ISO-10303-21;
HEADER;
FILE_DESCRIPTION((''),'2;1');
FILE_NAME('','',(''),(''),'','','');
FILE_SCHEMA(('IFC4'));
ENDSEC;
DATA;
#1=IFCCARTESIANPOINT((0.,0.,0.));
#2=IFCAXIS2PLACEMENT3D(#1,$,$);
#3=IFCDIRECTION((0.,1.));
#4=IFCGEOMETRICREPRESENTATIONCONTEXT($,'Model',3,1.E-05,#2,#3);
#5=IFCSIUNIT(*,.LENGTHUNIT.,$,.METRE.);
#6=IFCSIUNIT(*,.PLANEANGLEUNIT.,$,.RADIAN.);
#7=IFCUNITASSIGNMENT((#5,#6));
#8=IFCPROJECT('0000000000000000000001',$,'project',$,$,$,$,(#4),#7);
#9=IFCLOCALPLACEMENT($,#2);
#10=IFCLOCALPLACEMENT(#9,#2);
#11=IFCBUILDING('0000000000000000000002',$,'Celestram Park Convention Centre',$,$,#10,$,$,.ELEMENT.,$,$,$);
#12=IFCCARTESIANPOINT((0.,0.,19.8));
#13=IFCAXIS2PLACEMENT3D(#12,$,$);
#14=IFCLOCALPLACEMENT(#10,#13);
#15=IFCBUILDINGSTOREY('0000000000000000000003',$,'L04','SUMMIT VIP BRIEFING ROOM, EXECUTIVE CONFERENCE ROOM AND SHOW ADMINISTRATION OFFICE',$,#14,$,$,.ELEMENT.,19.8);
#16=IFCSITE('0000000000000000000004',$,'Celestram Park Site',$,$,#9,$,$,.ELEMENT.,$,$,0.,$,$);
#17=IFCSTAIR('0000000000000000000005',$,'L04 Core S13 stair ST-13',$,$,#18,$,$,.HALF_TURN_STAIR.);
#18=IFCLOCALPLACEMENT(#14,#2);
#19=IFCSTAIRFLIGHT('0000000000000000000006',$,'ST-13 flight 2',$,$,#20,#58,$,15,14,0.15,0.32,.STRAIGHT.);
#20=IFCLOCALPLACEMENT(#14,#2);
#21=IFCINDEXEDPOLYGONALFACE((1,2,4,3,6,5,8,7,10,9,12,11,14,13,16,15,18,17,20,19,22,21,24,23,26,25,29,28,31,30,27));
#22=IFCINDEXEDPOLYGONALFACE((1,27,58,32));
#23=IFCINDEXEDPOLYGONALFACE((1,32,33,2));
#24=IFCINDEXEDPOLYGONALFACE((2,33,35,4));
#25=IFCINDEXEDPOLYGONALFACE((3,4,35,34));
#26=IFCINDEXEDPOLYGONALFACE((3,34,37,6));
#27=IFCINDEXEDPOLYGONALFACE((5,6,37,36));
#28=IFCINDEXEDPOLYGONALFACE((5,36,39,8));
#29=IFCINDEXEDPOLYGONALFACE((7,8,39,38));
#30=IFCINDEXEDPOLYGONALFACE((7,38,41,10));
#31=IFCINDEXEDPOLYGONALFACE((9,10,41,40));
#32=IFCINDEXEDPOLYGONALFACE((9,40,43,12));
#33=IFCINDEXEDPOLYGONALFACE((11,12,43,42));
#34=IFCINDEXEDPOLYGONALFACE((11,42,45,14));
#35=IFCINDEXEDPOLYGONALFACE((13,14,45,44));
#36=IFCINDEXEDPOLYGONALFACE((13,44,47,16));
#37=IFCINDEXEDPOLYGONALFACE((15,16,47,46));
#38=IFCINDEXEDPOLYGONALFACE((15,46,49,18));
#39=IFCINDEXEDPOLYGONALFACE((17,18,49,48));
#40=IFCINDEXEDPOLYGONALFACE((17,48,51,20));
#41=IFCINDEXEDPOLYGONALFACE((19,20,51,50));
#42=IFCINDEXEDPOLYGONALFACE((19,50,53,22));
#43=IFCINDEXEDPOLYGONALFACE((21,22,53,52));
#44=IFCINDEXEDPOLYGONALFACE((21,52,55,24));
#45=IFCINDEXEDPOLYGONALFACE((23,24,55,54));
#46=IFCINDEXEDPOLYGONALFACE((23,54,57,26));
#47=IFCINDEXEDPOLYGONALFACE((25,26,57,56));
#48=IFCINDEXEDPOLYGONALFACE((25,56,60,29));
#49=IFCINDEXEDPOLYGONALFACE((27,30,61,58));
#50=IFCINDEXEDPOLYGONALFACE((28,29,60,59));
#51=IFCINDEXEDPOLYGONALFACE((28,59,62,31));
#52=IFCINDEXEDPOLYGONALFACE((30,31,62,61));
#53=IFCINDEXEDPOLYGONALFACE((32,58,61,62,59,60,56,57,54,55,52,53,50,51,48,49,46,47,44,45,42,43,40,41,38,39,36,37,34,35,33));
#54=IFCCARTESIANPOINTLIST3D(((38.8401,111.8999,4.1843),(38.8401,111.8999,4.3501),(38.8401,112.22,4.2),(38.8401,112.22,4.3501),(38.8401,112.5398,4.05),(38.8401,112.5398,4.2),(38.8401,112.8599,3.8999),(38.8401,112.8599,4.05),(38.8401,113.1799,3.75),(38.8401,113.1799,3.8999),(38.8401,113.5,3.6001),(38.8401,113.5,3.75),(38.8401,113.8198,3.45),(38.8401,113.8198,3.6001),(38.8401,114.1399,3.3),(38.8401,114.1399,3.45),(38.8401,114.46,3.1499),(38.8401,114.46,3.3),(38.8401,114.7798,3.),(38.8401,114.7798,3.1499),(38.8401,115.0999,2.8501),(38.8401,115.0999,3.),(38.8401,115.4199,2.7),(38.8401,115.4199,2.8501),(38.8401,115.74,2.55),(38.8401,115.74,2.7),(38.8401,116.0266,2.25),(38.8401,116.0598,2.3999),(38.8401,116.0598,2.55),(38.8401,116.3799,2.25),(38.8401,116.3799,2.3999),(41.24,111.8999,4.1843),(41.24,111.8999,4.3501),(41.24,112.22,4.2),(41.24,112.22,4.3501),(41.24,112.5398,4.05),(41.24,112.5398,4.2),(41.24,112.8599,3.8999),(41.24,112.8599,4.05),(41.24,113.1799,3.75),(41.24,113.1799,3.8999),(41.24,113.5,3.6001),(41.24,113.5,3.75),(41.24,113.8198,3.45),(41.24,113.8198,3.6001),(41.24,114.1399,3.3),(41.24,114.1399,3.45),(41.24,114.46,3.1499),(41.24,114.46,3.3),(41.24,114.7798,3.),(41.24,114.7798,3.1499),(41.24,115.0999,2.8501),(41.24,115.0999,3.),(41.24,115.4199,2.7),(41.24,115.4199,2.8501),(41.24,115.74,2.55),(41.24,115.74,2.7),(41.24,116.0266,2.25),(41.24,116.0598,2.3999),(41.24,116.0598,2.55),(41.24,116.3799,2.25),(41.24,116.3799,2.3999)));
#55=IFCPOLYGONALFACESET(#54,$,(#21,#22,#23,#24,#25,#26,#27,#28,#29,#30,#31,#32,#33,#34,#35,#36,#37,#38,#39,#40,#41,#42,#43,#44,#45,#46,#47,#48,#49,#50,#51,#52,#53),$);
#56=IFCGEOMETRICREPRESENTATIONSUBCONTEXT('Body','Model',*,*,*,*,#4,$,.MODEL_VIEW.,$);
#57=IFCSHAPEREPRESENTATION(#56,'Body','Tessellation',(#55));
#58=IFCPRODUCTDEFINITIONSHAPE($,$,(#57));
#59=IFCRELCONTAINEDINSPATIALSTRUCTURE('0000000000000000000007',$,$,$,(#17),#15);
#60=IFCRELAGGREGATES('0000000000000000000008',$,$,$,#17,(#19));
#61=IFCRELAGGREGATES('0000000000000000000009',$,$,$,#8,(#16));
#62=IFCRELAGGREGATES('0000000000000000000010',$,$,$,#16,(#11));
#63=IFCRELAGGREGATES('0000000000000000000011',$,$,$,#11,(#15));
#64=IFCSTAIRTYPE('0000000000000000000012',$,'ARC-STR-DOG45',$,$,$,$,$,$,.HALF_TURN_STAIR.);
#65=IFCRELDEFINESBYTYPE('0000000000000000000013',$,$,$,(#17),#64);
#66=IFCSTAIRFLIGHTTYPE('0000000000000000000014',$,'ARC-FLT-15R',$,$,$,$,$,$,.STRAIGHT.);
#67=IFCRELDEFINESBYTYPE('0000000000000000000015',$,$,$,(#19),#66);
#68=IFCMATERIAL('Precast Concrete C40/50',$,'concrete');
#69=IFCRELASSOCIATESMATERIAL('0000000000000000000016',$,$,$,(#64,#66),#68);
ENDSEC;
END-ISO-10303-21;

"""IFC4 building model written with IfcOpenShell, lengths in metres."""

from ifc_helpers import new_model, si_unit, direction, frame, origin, place, context, subcontext, project, spatial, polyline, outline, extrude, material, type_object, element, aggregate, save


model = new_model("IFC4")

# Units and contexts
model_context = context("Model", 3, precision=1e-05, world=origin(), true_north=direction((0.0, 1.0)))
body_context = subcontext(model_context, "Body", "Model", "MODEL_VIEW")
ifc_project = project(units=[si_unit("LENGTHUNIT", "METRE"), si_unit("PLANEANGLEUNIT", "RADIAN")], contexts=[model_context])

# Site, building, storey
site_placement = place(None, origin())
site = spatial("IfcSite", under=ifc_project, at=site_placement, Name="Celestram Park Site", CompositionType="ELEMENT", RefElevation=0.0)
building_placement = place(site_placement, origin())
building = spatial("IfcBuilding", under=site, at=building_placement, Name="Celestram Park Convention Centre", CompositionType="ELEMENT")
storey_placement = place(building_placement, frame((0.0, 0.0, 19.8)))
storey = spatial("IfcBuildingStorey", under=building, at=storey_placement, Name="L04", Description="SUMMIT VIP BRIEFING ROOM, EXECUTIVE CONFERENCE ROOM AND SHOW ADMINISTRATION OFFICE", CompositionType="ELEMENT", Elevation=19.8)

# Stair, stair flight
ifc_material_1 = material(Name="Precast Concrete C40/50", Category="concrete")
stair_type = type_object("IfcStairType", Name="ARC-STR-DOG45", PredefinedType="HALF_TURN_STAIR", material=ifc_material_1)
stair_placement = place(storey_placement, origin())
stair = element("IfcStair", 1, at=stair_placement, inside=storey, type_object=stair_type, Name="L04 Core S13 stair ST-13", PredefinedType="HALF_TURN_STAIR")
stair_flight_type = type_object("IfcStairFlightType", Name="ARC-FLT-15R", PredefinedType="STRAIGHT", material=ifc_material_1)
stair_flight_1_placement = place(storey_placement, frame((40.04, 116.3799, 2.25), z_axis=(0.0, 0.0, 1.0), x_axis=(0.0, -1.0, 0.0)))
stair_flight_1 = element("IfcStairFlight", 2, at=stair_flight_1_placement, type_object=stair_flight_type, Name="ST-13 flight 2", NumberOfRisers=15, NumberOfTreads=14, PredefinedType="STRAIGHT", RiserHeight=0.15, TreadLength=0.32, context=body_context, shape_type="SweptSolid", body=[
    extrude(outline(polyline([(0.0, 0.0), (0.0, 0.1499), (0.3201, 0.1499), (0.3201, 0.3), (0.6399, 0.3), (0.6399, 0.45), (0.96, 0.45), (0.96, 0.6001), (1.28, 0.6001), (1.28, 0.75), (1.6001, 0.75), (1.6001, 0.8999), (1.9199, 0.8999), (1.9199, 1.05), (2.24, 1.05), (2.24, 1.2), (2.5601, 1.2), (2.5601, 1.3501), (2.8799, 1.3501), (2.8799, 1.5), (3.2, 1.5), (3.2, 1.6499), (3.52, 1.6499), (3.52, 1.8), (3.8401, 1.8), (3.8401, 1.95), (4.1599, 1.95), (4.1599, 2.1001), (4.48, 2.1001), (4.48, 2.25), (4.48, 1.9343), (0.3533, 0.0), (0.0, 0.0)])), frame((0.0, 1.2, 0.0), z_axis=(0.0, -1.0, 0.0), x_axis=(1.0, 0.0, 0.0)), (0.0, 0.0, 1.0), 2.3999),
])
aggregate(stair, [stair_flight_1])

save(model, "model.ifc")
